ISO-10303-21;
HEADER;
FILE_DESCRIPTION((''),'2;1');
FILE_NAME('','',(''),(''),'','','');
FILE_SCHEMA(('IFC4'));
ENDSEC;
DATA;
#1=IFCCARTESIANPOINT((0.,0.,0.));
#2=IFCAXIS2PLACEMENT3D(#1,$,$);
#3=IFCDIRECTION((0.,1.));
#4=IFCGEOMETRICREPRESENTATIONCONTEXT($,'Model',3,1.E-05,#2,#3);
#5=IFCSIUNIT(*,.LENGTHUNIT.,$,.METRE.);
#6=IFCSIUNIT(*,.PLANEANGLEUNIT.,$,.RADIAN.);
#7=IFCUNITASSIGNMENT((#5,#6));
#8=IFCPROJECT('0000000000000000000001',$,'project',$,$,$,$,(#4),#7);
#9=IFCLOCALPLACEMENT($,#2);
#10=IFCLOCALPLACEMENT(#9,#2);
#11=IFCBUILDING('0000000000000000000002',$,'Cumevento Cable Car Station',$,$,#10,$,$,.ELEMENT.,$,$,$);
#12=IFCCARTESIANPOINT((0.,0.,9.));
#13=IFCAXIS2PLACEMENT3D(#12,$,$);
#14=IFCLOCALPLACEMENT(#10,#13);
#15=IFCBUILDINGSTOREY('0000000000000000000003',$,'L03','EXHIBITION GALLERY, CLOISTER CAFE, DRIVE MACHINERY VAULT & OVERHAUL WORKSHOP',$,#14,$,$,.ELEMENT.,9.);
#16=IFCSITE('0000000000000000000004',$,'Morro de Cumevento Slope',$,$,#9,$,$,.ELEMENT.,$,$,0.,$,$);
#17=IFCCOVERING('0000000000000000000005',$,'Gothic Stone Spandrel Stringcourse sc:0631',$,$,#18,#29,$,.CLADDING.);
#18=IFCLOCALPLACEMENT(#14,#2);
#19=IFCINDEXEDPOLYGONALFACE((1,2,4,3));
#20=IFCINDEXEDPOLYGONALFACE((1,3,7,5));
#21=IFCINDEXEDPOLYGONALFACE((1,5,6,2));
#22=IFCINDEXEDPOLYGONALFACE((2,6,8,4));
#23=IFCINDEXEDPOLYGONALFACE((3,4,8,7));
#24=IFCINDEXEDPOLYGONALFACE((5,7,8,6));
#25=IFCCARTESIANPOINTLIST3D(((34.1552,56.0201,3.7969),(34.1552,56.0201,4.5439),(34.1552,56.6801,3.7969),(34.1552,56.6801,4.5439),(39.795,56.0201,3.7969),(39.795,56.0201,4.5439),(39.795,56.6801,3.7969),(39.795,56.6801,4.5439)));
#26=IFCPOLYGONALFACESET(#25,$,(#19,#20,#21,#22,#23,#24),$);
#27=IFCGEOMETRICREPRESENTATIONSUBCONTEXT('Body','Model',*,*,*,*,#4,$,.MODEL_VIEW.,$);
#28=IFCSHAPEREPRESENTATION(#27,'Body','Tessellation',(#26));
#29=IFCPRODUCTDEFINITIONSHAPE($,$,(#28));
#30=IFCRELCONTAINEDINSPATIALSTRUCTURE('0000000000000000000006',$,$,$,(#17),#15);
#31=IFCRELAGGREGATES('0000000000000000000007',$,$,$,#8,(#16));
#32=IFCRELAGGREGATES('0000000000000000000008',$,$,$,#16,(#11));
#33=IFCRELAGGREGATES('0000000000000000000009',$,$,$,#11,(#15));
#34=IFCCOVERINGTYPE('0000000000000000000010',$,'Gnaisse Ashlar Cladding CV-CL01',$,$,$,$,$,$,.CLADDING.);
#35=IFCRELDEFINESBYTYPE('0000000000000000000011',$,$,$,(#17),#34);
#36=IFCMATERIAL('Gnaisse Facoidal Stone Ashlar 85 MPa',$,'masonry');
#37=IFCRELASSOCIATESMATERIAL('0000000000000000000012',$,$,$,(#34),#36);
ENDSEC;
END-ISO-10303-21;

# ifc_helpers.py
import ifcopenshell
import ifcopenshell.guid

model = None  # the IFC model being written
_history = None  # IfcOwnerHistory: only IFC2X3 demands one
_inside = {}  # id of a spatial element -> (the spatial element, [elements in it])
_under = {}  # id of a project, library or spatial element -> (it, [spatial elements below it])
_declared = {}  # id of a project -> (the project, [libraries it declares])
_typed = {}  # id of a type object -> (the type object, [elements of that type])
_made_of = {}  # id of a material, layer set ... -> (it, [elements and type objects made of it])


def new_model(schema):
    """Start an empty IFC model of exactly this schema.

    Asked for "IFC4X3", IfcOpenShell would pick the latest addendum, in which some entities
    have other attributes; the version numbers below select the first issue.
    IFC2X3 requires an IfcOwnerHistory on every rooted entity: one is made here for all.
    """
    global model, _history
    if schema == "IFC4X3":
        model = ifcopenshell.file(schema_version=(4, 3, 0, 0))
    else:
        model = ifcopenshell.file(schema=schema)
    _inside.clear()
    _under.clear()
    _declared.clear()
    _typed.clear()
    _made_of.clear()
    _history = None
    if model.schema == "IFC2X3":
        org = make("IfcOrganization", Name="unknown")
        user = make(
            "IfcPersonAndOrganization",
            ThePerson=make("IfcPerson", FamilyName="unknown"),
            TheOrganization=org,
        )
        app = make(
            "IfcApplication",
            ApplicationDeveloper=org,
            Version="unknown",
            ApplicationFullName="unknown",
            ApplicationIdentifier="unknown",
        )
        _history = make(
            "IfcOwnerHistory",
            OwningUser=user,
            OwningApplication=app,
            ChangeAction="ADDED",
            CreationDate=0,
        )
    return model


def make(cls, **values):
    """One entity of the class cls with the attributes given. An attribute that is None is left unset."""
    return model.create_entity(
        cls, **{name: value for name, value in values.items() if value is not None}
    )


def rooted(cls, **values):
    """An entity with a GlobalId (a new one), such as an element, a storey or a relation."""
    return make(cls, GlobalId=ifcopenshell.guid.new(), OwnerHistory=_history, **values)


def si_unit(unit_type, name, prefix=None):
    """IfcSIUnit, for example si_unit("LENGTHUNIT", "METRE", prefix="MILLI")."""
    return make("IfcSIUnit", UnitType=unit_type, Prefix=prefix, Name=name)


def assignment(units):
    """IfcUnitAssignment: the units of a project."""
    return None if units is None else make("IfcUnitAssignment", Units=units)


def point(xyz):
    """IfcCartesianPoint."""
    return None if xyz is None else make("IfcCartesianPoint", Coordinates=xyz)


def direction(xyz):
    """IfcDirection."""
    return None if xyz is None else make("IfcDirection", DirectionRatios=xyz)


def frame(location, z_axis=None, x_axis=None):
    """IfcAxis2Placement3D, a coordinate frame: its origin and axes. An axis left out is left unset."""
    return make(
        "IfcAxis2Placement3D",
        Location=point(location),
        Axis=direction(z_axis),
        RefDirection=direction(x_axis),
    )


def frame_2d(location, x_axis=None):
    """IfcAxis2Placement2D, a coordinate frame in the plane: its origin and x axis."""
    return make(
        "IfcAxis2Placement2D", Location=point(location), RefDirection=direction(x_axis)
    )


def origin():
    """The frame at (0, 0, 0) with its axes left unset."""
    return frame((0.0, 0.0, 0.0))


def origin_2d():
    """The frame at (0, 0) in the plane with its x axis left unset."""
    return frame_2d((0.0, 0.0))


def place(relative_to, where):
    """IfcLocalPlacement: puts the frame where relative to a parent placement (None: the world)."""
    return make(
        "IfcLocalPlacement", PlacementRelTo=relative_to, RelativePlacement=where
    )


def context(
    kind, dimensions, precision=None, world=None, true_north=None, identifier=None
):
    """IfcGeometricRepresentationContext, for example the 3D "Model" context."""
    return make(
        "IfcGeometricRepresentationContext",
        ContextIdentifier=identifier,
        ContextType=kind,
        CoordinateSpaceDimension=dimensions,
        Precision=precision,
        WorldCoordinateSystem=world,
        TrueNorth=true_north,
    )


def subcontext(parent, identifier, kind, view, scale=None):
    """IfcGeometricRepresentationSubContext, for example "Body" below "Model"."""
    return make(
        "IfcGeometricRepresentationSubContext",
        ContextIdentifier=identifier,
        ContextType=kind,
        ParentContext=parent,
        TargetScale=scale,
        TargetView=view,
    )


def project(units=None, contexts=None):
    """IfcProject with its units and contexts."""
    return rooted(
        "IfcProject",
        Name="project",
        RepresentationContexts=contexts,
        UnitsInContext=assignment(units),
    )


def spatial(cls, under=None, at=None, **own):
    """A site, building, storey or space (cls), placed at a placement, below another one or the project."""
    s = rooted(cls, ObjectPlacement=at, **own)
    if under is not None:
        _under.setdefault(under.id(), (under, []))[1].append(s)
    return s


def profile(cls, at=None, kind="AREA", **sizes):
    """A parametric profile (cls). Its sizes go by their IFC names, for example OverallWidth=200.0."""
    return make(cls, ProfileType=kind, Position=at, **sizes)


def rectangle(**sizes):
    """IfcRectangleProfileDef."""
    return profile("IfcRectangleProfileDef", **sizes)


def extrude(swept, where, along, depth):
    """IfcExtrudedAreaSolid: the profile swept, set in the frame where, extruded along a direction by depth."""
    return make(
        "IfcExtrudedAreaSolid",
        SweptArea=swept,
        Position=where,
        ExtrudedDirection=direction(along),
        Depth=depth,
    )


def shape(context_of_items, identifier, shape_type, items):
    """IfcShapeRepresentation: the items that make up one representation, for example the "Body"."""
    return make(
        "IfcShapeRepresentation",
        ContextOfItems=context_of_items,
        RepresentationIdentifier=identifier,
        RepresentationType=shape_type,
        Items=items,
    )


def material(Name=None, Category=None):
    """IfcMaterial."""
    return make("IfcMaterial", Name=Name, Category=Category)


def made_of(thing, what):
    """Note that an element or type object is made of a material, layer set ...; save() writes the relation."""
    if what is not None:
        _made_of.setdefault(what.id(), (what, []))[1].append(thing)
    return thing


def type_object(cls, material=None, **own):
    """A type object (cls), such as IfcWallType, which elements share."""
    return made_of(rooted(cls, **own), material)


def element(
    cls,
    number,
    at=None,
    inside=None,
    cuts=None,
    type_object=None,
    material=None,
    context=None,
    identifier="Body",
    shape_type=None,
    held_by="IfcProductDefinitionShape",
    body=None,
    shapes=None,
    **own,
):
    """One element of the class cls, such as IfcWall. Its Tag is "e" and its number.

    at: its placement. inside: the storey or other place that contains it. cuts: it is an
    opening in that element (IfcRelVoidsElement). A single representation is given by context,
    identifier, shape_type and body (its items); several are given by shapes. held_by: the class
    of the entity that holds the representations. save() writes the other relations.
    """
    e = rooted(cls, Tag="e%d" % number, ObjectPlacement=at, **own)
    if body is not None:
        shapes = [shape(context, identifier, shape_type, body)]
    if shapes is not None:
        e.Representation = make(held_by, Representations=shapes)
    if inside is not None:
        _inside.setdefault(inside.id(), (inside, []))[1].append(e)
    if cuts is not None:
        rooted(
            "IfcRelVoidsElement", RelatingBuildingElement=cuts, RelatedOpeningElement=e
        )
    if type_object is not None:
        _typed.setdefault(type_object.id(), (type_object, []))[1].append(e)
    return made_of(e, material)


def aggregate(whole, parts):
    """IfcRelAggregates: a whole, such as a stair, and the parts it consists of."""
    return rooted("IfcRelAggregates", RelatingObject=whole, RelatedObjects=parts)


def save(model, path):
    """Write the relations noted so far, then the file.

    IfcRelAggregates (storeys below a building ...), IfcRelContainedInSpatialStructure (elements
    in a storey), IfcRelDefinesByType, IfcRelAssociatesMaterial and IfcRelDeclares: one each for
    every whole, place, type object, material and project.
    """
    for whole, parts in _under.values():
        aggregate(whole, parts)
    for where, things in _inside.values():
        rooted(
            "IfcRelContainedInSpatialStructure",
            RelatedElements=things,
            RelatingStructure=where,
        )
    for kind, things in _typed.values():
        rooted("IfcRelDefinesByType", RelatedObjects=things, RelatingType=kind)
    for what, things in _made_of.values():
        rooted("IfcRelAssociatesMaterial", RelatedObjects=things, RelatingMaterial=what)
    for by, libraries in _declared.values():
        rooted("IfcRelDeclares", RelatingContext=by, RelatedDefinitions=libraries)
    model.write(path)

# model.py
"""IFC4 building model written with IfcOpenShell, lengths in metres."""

from ifc_helpers import new_model, si_unit, direction, frame, origin, origin_2d, place, context, subcontext, project, spatial, rectangle, extrude, material, type_object, element, save


model = new_model("IFC4")

# Units and contexts
model_context = context("Model", 3, precision=1e-05, world=origin(), true_north=direction((0.0, 1.0)))
body_context = subcontext(model_context, "Body", "Model", "MODEL_VIEW")
ifc_project = project(units=[si_unit("LENGTHUNIT", "METRE"), si_unit("PLANEANGLEUNIT", "RADIAN")], contexts=[model_context])

# Site, building, storey
site_placement = place(None, origin())
site = spatial("IfcSite", under=ifc_project, at=site_placement, Name="Morro de Cumevento Slope", CompositionType="ELEMENT", RefElevation=0.0)
building_placement = place(site_placement, origin())
building = spatial("IfcBuilding", under=site, at=building_placement, Name="Cumevento Cable Car Station", CompositionType="ELEMENT")
storey_placement = place(building_placement, frame((0.0, 0.0, 9.0)))
storey = spatial("IfcBuildingStorey", under=building, at=storey_placement, Name="L03", Description="EXHIBITION GALLERY, CLOISTER CAFE, DRIVE MACHINERY VAULT & OVERHAUL WORKSHOP", CompositionType="ELEMENT", Elevation=9.0)

# Covering
ifc_material_1 = material(Name="Gnaisse Facoidal Stone Ashlar 85 MPa", Category="masonry")
covering_type = type_object("IfcCoveringType", Name="Gnaisse Ashlar Cladding CV-CL01", PredefinedType="CLADDING", material=ifc_material_1)
covering_1_placement = place(storey_placement, frame((36.9751, 56.3501, 3.7969), z_axis=(0.0, 0.0, 1.0), x_axis=(1.0, 0.0, 0.0)))
element("IfcCovering", 1, at=covering_1_placement, inside=storey, type_object=covering_type, Name="Gothic Stone Spandrel Stringcourse sc:0631", PredefinedType="CLADDING", context=body_context, shape_type="SweptSolid", body=[
    extrude(rectangle(XDim=5.6399, YDim=0.6599, at=origin_2d()), origin(), (0.0, 0.0, 1.0), 0.7471),
])

save(model, "model.ifc")
